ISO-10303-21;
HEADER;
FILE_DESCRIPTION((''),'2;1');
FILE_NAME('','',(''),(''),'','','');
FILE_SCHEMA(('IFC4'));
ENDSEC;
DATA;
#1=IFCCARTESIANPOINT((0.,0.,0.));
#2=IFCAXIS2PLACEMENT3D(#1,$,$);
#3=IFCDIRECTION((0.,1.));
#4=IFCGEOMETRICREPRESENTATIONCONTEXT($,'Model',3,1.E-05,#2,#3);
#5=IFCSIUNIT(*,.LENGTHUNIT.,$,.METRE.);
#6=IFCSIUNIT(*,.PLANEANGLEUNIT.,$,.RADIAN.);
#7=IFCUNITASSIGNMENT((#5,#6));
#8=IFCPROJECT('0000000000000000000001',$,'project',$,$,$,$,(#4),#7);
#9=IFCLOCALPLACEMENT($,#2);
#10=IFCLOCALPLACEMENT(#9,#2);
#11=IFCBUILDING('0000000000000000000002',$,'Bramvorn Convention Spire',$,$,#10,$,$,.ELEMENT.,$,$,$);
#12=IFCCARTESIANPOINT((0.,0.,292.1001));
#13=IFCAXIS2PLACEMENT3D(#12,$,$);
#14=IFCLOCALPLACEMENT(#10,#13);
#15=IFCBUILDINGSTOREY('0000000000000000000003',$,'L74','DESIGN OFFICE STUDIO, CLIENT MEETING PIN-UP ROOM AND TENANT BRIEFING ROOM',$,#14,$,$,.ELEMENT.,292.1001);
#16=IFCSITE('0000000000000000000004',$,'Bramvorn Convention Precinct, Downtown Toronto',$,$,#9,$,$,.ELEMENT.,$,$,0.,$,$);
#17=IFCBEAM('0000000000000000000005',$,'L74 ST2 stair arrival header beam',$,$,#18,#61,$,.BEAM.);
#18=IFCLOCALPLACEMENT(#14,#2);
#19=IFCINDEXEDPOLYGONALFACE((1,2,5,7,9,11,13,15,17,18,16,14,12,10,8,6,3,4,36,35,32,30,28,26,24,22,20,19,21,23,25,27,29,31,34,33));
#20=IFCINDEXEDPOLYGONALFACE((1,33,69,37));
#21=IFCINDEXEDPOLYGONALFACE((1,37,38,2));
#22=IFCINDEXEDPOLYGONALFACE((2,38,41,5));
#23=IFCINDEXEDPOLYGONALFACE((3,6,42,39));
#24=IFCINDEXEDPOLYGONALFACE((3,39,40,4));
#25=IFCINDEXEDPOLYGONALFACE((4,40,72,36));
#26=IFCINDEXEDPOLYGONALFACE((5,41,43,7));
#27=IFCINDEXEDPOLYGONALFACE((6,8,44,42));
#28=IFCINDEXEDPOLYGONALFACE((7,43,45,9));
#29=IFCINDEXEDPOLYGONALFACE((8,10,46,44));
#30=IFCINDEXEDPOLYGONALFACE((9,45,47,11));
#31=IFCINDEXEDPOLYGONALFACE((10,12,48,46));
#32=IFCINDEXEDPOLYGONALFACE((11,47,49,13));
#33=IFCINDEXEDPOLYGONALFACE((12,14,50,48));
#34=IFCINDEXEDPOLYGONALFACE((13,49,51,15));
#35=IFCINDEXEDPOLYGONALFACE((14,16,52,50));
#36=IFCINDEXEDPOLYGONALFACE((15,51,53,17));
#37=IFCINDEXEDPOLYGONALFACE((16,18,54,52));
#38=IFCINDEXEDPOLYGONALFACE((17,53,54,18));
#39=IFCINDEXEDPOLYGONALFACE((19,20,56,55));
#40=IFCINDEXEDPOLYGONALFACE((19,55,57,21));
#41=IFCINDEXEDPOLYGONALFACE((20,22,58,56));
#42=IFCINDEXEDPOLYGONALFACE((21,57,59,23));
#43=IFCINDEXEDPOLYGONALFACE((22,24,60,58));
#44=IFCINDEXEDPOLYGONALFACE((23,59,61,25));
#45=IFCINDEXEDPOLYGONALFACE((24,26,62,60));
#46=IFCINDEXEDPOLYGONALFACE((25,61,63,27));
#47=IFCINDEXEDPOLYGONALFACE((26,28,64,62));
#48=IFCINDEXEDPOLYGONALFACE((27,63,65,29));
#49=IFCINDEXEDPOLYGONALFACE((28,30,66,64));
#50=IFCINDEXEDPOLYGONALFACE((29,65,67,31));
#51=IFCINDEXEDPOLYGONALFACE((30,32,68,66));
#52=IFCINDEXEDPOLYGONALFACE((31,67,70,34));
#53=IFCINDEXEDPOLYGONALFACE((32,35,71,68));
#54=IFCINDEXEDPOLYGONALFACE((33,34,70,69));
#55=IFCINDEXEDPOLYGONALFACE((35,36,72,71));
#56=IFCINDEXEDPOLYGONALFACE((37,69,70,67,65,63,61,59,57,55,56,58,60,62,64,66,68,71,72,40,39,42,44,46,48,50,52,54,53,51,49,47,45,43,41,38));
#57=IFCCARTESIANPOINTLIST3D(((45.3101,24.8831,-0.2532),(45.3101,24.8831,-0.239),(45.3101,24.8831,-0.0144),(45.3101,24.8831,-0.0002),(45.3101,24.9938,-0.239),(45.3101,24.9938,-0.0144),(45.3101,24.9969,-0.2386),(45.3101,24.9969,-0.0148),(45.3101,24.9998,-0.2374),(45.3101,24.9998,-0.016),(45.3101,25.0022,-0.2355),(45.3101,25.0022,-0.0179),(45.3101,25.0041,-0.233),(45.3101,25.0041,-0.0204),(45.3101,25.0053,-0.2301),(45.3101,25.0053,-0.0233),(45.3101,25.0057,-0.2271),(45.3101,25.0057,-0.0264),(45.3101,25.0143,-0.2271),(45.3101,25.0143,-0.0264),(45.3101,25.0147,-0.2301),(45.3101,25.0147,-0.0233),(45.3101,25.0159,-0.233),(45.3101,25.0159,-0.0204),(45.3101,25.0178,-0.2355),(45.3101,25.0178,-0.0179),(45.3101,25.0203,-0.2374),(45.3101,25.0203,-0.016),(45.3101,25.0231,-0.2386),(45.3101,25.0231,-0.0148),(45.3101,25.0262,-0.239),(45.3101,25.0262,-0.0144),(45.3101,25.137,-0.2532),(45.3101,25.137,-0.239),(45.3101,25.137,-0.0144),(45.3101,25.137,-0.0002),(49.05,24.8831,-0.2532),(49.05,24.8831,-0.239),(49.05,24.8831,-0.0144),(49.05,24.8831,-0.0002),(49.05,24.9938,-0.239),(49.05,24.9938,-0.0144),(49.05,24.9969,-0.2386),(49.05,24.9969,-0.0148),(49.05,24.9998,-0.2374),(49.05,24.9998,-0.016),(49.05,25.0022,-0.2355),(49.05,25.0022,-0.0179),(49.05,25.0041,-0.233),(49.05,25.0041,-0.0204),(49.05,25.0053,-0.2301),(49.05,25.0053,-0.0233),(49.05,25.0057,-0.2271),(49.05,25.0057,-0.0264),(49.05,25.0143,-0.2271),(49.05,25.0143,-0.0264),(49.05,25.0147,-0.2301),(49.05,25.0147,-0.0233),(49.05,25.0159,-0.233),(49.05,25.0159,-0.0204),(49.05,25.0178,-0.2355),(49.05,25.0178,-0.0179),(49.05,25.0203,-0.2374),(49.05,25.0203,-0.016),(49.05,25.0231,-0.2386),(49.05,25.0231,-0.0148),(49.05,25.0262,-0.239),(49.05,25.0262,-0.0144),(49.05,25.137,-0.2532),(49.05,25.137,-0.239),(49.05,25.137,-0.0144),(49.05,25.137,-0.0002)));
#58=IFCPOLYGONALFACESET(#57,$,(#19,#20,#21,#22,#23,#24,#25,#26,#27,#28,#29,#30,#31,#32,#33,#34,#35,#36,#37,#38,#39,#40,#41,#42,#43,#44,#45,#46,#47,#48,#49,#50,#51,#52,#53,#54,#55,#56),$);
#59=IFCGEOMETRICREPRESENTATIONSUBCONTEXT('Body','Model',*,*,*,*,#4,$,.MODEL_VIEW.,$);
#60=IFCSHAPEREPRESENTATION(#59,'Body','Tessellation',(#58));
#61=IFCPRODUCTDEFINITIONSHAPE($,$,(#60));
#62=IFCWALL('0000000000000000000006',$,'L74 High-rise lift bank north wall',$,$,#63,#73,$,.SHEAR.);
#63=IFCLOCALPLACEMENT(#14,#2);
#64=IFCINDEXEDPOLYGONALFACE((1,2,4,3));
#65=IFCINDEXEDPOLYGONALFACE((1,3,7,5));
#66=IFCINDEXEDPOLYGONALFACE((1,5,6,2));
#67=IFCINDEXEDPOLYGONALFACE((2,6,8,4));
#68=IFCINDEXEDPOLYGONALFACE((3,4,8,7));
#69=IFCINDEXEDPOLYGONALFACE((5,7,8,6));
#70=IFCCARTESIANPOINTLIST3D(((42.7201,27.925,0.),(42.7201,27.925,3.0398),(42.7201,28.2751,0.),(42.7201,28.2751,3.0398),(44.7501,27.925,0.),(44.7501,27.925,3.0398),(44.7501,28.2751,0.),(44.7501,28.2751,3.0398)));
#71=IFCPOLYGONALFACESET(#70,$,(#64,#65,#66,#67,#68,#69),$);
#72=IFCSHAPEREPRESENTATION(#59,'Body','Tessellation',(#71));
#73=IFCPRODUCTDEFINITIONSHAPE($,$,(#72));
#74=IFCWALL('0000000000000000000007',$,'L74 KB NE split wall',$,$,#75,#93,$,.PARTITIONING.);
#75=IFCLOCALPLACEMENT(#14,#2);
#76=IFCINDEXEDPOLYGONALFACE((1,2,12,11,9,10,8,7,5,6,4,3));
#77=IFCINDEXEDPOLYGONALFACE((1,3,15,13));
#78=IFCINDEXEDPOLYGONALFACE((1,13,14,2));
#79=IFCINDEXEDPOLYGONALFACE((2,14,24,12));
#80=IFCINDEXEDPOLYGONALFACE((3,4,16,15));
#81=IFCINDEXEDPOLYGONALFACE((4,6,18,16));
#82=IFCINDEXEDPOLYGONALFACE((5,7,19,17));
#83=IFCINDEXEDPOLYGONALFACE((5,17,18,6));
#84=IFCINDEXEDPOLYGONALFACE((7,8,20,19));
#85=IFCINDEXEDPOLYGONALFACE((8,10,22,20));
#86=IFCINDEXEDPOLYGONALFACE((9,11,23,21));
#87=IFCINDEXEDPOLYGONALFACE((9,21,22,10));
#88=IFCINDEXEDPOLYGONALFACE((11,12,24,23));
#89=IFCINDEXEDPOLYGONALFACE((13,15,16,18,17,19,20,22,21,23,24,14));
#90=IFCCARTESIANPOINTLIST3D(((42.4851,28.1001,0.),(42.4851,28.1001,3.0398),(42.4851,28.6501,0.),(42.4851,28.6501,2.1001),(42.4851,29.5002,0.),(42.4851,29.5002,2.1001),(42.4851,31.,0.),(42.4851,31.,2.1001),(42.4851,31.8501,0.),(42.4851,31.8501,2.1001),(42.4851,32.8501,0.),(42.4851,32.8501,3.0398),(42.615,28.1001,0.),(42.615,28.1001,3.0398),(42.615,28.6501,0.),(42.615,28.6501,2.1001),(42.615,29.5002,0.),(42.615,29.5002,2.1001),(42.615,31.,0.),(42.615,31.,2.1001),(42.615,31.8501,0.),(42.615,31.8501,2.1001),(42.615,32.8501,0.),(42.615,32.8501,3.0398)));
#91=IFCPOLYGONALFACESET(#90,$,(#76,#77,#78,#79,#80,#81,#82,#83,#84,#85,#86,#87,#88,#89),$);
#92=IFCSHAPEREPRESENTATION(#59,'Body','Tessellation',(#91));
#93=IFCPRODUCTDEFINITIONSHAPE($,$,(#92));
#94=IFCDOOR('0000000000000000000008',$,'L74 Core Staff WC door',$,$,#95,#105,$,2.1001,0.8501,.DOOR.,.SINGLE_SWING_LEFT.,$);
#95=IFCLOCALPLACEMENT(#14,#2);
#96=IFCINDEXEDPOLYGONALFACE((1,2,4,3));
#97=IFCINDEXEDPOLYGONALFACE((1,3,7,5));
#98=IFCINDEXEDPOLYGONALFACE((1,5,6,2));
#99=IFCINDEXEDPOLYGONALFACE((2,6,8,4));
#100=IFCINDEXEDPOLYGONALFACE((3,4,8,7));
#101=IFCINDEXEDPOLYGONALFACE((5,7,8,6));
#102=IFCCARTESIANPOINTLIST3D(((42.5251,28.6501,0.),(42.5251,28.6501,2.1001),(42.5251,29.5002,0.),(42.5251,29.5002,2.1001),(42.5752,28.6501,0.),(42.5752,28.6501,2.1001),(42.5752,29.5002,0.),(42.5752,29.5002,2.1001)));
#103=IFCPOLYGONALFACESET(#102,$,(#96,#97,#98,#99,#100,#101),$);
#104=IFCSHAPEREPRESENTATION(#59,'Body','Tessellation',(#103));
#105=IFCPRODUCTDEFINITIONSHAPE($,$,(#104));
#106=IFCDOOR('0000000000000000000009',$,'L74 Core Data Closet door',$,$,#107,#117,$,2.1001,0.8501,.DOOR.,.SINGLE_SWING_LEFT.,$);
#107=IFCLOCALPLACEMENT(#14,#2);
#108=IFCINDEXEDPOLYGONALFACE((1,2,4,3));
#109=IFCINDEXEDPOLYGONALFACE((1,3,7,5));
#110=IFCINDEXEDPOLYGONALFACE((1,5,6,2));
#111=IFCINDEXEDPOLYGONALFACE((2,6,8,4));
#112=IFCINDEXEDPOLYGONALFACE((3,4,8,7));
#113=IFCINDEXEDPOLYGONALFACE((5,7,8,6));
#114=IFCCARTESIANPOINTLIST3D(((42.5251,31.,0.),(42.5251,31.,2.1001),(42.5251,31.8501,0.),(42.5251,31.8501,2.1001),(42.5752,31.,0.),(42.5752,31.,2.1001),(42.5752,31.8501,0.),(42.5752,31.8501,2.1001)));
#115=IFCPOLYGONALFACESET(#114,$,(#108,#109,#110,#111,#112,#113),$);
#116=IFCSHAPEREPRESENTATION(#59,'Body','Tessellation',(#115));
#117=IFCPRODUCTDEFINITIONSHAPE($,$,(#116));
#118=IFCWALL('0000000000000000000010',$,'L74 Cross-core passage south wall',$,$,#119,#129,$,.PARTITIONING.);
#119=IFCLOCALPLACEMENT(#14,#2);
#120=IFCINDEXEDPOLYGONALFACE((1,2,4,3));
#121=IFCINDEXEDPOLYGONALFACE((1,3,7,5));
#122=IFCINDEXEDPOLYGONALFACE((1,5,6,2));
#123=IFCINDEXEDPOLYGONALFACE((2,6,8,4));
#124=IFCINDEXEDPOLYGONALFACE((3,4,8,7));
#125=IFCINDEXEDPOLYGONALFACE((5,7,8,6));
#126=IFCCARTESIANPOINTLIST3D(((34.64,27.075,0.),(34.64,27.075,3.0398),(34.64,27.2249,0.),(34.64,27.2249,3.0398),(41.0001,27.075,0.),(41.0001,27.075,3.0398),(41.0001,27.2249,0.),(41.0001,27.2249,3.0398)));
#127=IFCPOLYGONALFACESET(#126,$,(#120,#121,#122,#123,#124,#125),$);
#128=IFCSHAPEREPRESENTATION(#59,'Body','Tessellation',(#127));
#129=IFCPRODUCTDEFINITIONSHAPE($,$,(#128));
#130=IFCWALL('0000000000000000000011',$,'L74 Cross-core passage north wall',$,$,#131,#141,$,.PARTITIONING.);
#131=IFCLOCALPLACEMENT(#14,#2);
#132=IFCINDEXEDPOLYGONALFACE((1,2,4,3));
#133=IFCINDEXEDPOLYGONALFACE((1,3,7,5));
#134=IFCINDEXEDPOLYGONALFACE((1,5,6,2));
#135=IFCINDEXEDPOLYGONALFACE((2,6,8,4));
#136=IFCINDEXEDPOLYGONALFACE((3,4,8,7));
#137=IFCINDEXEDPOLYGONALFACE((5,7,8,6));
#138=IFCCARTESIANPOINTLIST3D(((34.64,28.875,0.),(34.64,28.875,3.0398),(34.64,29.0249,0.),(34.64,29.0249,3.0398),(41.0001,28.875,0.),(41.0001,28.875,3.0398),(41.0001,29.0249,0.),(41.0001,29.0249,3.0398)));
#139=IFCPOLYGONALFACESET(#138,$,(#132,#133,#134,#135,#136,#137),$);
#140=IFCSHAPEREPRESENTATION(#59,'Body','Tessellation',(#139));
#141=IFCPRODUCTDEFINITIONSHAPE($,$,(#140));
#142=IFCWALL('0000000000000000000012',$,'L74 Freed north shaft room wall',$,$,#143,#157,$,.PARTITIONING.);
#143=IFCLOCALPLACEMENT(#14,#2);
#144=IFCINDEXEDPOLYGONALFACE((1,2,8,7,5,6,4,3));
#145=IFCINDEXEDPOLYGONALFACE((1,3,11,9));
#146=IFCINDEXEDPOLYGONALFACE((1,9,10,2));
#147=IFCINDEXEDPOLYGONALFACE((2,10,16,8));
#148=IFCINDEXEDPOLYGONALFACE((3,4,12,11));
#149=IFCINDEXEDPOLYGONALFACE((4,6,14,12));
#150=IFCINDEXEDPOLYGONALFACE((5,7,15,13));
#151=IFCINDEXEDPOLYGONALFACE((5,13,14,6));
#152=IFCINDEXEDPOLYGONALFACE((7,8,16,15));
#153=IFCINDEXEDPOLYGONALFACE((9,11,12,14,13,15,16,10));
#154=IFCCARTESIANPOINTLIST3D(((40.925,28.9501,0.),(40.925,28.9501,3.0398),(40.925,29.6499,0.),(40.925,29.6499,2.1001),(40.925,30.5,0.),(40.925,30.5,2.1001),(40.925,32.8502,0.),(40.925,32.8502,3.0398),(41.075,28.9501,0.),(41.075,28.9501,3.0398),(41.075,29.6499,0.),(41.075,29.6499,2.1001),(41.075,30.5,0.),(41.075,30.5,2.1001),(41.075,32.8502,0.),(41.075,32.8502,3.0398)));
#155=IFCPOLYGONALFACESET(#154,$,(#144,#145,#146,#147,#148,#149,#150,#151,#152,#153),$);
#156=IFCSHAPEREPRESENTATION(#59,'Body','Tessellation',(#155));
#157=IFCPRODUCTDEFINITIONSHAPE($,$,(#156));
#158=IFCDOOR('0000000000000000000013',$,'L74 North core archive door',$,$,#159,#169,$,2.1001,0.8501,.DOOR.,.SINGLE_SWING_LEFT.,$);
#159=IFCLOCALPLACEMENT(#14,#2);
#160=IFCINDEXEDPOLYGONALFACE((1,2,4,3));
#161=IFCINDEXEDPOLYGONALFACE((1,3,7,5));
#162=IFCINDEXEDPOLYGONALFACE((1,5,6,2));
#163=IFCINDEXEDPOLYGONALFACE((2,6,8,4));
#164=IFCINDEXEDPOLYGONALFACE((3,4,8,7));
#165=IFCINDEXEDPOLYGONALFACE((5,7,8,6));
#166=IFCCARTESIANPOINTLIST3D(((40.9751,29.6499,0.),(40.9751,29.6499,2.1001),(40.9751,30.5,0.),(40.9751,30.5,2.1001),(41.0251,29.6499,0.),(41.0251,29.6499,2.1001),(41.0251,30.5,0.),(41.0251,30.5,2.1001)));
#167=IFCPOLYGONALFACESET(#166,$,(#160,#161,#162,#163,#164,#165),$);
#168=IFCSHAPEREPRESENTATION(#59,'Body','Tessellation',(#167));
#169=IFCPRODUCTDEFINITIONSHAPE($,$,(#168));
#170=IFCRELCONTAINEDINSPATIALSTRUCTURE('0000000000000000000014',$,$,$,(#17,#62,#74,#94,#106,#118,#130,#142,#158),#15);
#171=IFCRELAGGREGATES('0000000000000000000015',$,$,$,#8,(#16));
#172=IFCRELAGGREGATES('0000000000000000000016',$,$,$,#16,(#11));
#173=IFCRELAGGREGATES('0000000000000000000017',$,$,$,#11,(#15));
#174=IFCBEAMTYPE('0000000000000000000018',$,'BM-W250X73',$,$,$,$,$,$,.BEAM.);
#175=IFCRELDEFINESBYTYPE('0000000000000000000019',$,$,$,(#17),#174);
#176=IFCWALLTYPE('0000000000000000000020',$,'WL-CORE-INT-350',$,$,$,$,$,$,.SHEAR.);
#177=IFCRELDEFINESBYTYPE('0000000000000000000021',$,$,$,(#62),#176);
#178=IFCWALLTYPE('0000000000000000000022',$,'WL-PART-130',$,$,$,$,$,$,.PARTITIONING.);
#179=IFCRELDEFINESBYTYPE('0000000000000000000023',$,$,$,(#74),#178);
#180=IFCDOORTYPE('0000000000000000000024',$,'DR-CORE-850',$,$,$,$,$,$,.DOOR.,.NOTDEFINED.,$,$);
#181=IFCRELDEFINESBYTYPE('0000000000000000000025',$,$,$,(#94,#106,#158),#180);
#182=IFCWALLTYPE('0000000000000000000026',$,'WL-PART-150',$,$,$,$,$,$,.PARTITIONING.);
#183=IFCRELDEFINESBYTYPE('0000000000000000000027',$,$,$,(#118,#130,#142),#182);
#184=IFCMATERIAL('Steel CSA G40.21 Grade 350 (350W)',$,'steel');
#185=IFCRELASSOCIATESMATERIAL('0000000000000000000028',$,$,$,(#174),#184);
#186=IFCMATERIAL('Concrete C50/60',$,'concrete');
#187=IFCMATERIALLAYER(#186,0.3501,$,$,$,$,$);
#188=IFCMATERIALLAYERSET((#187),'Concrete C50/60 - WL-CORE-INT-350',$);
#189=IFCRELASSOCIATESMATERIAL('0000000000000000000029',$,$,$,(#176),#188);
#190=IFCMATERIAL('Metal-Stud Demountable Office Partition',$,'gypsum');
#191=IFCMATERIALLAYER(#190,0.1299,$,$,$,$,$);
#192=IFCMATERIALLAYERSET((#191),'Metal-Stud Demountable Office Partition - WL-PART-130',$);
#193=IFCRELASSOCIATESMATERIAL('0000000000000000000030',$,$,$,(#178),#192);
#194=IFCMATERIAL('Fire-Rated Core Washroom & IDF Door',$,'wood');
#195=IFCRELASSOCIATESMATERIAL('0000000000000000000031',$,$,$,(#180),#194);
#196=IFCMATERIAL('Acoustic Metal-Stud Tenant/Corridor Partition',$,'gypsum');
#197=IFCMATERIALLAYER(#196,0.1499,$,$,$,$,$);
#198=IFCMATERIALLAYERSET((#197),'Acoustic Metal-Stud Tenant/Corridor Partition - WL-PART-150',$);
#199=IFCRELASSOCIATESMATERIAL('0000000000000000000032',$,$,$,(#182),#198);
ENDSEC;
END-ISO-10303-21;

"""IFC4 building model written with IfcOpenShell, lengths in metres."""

from ifc_helpers import new_model, si_unit, direction, frame, frame_2d, origin, origin_2d, place, context, subcontext, project, spatial, rectangle, i_section, extrude, material, layer, layer_set, material_profile, profile_set, type_object, element, fill, save


model = new_model("IFC4")

# Units and contexts
model_context = context("Model", 3, precision=1e-05, world=origin(), true_north=direction((0.0, 1.0)))
body_context = subcontext(model_context, "Body", "Model", "MODEL_VIEW")
ifc_project = project(units=[si_unit("LENGTHUNIT", "METRE"), si_unit("PLANEANGLEUNIT", "RADIAN")], contexts=[model_context])

# Site, building, storey
site_placement = place(None, origin())
site = spatial("IfcSite", under=ifc_project, at=site_placement, Name="Bramvorn Convention Precinct, Downtown Toronto", CompositionType="ELEMENT", RefElevation=0.0)
building_placement = place(site_placement, origin())
building = spatial("IfcBuilding", under=site, at=building_placement, Name="Bramvorn Convention Spire", CompositionType="ELEMENT")
storey_placement = place(building_placement, frame((0.0, 0.0, 292.1001)))
storey = spatial("IfcBuildingStorey", under=building, at=storey_placement, Name="L74", Description="DESIGN OFFICE STUDIO, CLIENT MEETING PIN-UP ROOM AND TENANT BRIEFING ROOM", CompositionType="ELEMENT", Elevation=292.1001)

# Beam
ifc_material_1 = material(Name="Steel CSA G40.21 Grade 350 (350W)", Category="steel")
ifc_material_profile = material_profile(ifc_material_1, i_section(OverallWidth=0.2539, OverallDepth=0.2529, WebThickness=0.0085, FlangeThickness=0.0142, FilletRadius=0.012, at=origin_2d()))
ifc_profile_set = profile_set([ifc_material_profile], Name="Steel CSA G40.21 Grade 350 (350W) - W250X73")
beam_type = type_object("IfcBeamType", Name="BM-W250X73", PredefinedType="BEAM", material=ifc_profile_set)
beam_placement = place(storey_placement, frame((45.3101, 25.01, -0.1267), z_axis=(1.0, 0.0, 0.0), x_axis=(0.0, 1.0, 0.0)))
element("IfcBeam", 1, at=beam_placement, inside=storey, type_object=beam_type, Name="L74 ST2 stair arrival header beam", PredefinedType="BEAM", context=body_context, shape_type="SweptSolid", body=[
    extrude(i_section(OverallWidth=0.2539, OverallDepth=0.2529, WebThickness=0.0085, FlangeThickness=0.0142, FilletRadius=0.012, at=origin_2d()), origin(), (0.0, 0.0, 1.0), 3.74),
])

# Shared definitions
ifc_material_2 = material(Name="Concrete C50/60", Category="concrete")
ifc_layer_1 = layer(ifc_material_2, 0.3501)
ifc_layer_set_1 = layer_set([ifc_layer_1], Name="Concrete C50/60 - WL-CORE-INT-350")
wall_type_1 = type_object("IfcWallType", Name="WL-CORE-INT-350", PredefinedType="SHEAR", material=ifc_layer_set_1)

# Wall
wall_1_placement = place(storey_placement, frame((42.72, 28.1001, 0.0), z_axis=(0.0, 0.0, 1.0), x_axis=(1.0, 0.0, 0.0)))
element("IfcWall", 2, at=wall_1_placement, inside=storey, type_object=wall_type_1, Name="L74 High-rise lift bank north wall", PredefinedType="SHEAR", context=body_context, shape_type="SweptSolid", body=[
    extrude(rectangle(XDim=2.03, YDim=0.3501, at=frame_2d((1.0151, 0.0))), origin(), (0.0, 0.0, 1.0), 3.0398),
])

# Wall, openings, doors
ifc_material_3 = material(Name="Metal-Stud Demountable Office Partition", Category="gypsum")
ifc_layer_2 = layer(ifc_material_3, 0.1299)
ifc_layer_set_2 = layer_set([ifc_layer_2], Name="Metal-Stud Demountable Office Partition - WL-PART-130")
wall_type_2 = type_object("IfcWallType", Name="WL-PART-130", PredefinedType="PARTITIONING", material=ifc_layer_set_2)
wall_2_placement = place(storey_placement, frame((42.55, 28.1001, 0.0), z_axis=(0.0, 0.0, 1.0), x_axis=(0.0, 1.0, 0.0)))
wall_2 = element("IfcWall", 3, at=wall_2_placement, inside=storey, type_object=wall_type_2, Name="L74 KB NE split wall", PredefinedType="PARTITIONING", context=body_context, shape_type="SweptSolid", body=[
    extrude(rectangle(XDim=4.75, YDim=0.1299, at=frame_2d((2.375, 0.0))), origin(), (0.0, 0.0, 1.0), 3.0398),
])
opening_1_placement = place(wall_2_placement, frame((0.55, 0.0, 0.0)))
opening_1 = element("IfcOpeningElement", 4, at=opening_1_placement, cuts=wall_2, PredefinedType="OPENING", context=body_context, shape_type="SweptSolid", body=[
    extrude(rectangle(XDim=0.8501, YDim=2.1001, at=frame_2d((0.425, 1.05))), frame((0.0, 0.075, 0.0), z_axis=(0.0, -1.0, 0.0), x_axis=(1.0, 0.0, 0.0)), (0.0, 0.0, 1.0), 0.1499),
])
opening_2_placement = place(wall_2_placement, frame((2.8999, 0.0, 0.0)))
opening_2 = element("IfcOpeningElement", 5, at=opening_2_placement, cuts=wall_2, PredefinedType="OPENING", context=body_context, shape_type="SweptSolid", body=[
    extrude(rectangle(XDim=0.8501, YDim=2.1001, at=frame_2d((0.425, 1.05))), frame((0.0, 0.075, 0.0), z_axis=(0.0, -1.0, 0.0), x_axis=(1.0, 0.0, 0.0)), (0.0, 0.0, 1.0), 0.1499),
])
ifc_material_4 = material(Name="Fire-Rated Core Washroom & IDF Door", Category="wood")
door_type_1 = type_object("IfcDoorType", Name="DR-CORE-850", OperationType="NOTDEFINED", PredefinedType="DOOR", material=ifc_material_4)
door_1_placement = place(opening_1_placement, origin())
door_1 = element("IfcDoor", 6, at=door_1_placement, inside=storey, type_object=door_type_1, Name="L74 Core Staff WC door", OperationType="SINGLE_SWING_LEFT", OverallHeight=2.1001, OverallWidth=0.8501, PredefinedType="DOOR", context=body_context, shape_type="SweptSolid", body=[
    extrude(rectangle(XDim=0.8501, YDim=2.1001, at=frame_2d((0.425, 1.05))), frame((0.0, 0.0249, 0.0), z_axis=(0.0, -1.0, 0.0), x_axis=(1.0, 0.0, 0.0)), (0.0, 0.0, 1.0), 0.05),
])
fill(opening_1, door_1)
door_2_placement = place(opening_2_placement, origin())
door_2 = element("IfcDoor", 7, at=door_2_placement, inside=storey, type_object=door_type_1, Name="L74 Core Data Closet door", OperationType="SINGLE_SWING_LEFT", OverallHeight=2.1001, OverallWidth=0.8501, PredefinedType="DOOR", context=body_context, shape_type="SweptSolid", body=[
    extrude(rectangle(XDim=0.8501, YDim=2.1001, at=frame_2d((0.425, 1.05))), frame((0.0, 0.0249, 0.0), z_axis=(0.0, -1.0, 0.0), x_axis=(1.0, 0.0, 0.0)), (0.0, 0.0, 1.0), 0.05),
])
fill(opening_2, door_2)

# Walls
ifc_material_5 = material(Name="Acoustic Metal-Stud Tenant/Corridor Partition", Category="gypsum")
ifc_layer_3 = layer(ifc_material_5, 0.1499)
ifc_layer_set_3 = layer_set([ifc_layer_3], Name="Acoustic Metal-Stud Tenant/Corridor Partition - WL-PART-150")
wall_type_3 = type_object("IfcWallType", Name="WL-PART-150", PredefinedType="PARTITIONING", material=ifc_layer_set_3)
for number, where, z_axis, x_axis, name in (
    (8, (34.6399, 27.1499, 0.0), (0.0, 0.0, 1.0), (1.0, 0.0, 0.0), "L74 Cross-core passage south wall"),
    (9, (34.6399, 28.95, 0.0), (0.0, 0.0, 1.0), (1.0, 0.0, 0.0), "L74 Cross-core passage north wall"),
):
    element("IfcWall", number, at=place(storey_placement, frame(where, z_axis=z_axis, x_axis=x_axis)), inside=storey, type_object=wall_type_3, Name=name, PredefinedType="PARTITIONING", context=body_context, shape_type="SweptSolid", body=[
        extrude(rectangle(XDim=6.3601, YDim=0.1499, at=frame_2d((3.1802, 0.0))), origin(), (0.0, 0.0, 1.0), 3.0398),
    ])

# Wall, opening, door
wall_3_placement = place(storey_placement, frame((41.0, 28.95, 0.0), z_axis=(0.0, 0.0, 1.0), x_axis=(0.0, 1.0, 0.0)))
wall_3 = element("IfcWall", 10, at=wall_3_placement, inside=storey, type_object=wall_type_3, Name="L74 Freed north shaft room wall", PredefinedType="PARTITIONING", context=body_context, shape_type="SweptSolid", body=[
    extrude(rectangle(XDim=3.9001, YDim=0.1499, at=frame_2d((1.9502, 0.0))), origin(), (0.0, 0.0, 1.0), 3.0398),
])
opening_3_placement = place(wall_3_placement, frame((0.7, 0.0, 0.0)))
opening_3 = element("IfcOpeningElement", 11, at=opening_3_placement, cuts=wall_3, PredefinedType="OPENING", context=body_context, shape_type="SweptSolid", body=[
    extrude(rectangle(XDim=0.8501, YDim=2.1001, at=frame_2d((0.425, 1.05))), frame((0.0, 0.085, 0.0), z_axis=(0.0, -1.0, 0.0), x_axis=(1.0, 0.0, 0.0)), (0.0, 0.0, 1.0), 0.1699),
])
door_3_placement = place(opening_3_placement, origin())
door_3 = element("IfcDoor", 12, at=door_3_placement, inside=storey, type_object=door_type_1, Name="L74 North core archive door", OperationType="SINGLE_SWING_LEFT", OverallHeight=2.1001, OverallWidth=0.8501, PredefinedType="DOOR", context=body_context, shape_type="SweptSolid", body=[
    extrude(rectangle(XDim=0.8501, YDim=2.1001, at=frame_2d((0.425, 1.05))), frame((0.0, 0.0249, 0.0), z_axis=(0.0, -1.0, 0.0), x_axis=(1.0, 0.0, 0.0)), (0.0, 0.0, 1.0), 0.05),
])
fill(opening_3, door_3)

save(model, "model.ifc")
